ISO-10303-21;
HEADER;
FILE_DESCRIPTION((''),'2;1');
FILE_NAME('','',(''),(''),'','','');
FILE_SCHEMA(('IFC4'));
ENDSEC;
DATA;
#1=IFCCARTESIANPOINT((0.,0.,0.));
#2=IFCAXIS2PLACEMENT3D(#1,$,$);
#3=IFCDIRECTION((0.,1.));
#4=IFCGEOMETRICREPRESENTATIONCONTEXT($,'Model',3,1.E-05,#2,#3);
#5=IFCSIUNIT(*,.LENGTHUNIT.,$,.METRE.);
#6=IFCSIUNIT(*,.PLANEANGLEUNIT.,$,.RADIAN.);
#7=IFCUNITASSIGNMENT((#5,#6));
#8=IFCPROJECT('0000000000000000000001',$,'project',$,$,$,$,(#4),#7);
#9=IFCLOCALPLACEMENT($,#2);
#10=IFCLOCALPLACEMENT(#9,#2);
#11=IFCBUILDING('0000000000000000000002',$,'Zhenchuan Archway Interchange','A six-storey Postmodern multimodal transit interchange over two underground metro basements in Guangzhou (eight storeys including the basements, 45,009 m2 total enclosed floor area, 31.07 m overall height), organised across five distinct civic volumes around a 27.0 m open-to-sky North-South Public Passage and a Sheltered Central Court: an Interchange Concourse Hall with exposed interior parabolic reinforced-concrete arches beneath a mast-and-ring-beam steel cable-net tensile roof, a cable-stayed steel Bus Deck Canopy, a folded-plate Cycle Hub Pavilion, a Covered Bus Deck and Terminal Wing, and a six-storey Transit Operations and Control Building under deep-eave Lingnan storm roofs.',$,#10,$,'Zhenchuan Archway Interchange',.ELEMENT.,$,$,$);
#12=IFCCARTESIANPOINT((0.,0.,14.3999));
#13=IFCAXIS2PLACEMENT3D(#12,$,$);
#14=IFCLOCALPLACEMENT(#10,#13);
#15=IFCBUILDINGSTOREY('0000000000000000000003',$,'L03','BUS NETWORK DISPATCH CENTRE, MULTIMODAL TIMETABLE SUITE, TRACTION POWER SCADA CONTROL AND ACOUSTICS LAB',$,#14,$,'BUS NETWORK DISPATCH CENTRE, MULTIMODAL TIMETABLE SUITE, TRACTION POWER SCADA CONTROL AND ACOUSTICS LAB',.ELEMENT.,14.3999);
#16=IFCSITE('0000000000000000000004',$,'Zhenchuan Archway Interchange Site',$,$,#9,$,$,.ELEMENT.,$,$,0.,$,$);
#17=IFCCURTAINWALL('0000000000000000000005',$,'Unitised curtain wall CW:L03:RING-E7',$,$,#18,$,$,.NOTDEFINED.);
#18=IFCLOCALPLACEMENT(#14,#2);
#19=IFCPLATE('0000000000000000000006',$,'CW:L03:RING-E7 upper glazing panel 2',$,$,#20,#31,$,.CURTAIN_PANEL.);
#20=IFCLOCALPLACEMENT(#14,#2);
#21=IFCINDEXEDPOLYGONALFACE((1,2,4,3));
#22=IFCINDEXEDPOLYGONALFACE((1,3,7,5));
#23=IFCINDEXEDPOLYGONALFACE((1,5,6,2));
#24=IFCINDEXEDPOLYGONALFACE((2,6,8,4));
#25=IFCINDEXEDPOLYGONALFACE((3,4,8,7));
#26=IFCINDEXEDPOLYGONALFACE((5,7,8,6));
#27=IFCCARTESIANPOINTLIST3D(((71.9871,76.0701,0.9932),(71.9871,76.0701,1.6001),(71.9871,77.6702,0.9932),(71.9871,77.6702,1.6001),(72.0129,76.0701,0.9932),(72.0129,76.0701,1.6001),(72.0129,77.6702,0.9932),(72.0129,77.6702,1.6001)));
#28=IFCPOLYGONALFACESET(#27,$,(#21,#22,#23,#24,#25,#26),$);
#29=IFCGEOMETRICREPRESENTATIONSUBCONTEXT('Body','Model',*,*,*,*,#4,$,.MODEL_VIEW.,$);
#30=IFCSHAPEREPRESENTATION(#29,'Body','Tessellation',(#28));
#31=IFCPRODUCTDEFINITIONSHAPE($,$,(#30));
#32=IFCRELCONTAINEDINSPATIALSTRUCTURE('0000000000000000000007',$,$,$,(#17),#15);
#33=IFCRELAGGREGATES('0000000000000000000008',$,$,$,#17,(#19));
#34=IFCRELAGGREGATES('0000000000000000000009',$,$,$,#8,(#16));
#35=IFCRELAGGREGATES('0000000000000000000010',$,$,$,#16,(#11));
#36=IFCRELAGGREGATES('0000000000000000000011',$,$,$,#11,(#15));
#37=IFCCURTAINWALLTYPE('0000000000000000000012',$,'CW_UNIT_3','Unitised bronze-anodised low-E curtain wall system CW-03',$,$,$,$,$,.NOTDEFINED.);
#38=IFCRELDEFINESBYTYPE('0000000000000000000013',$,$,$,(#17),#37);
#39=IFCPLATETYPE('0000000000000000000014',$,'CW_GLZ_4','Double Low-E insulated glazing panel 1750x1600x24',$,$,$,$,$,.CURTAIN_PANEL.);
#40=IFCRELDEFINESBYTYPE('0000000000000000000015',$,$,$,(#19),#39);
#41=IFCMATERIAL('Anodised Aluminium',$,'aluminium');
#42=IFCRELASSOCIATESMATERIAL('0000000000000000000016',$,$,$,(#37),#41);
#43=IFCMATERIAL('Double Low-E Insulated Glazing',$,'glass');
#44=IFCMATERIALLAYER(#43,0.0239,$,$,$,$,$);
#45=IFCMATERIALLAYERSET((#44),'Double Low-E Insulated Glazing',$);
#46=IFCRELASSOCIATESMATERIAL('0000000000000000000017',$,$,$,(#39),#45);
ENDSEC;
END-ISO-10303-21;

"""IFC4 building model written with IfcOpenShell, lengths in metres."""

from ifc_helpers import new_model, si_unit, direction, frame, origin, origin_2d, place, context, subcontext, project, spatial, rectangle, extrude, material, layer, layer_set, type_object, element, aggregate, save


model = new_model("IFC4")

# Units and contexts
model_context = context("Model", 3, precision=1e-05, world=origin(), true_north=direction((0.0, 1.0)))
body_context = subcontext(model_context, "Body", "Model", "MODEL_VIEW")
ifc_project = project(units=[si_unit("LENGTHUNIT", "METRE"), si_unit("PLANEANGLEUNIT", "RADIAN")], contexts=[model_context])

# Site, building, storey
site_placement = place(None, origin())
site = spatial("IfcSite", under=ifc_project, at=site_placement, Name="Zhenchuan Archway Interchange Site", CompositionType="ELEMENT", RefElevation=0.0)
building_placement = place(site_placement, origin())
building = spatial("IfcBuilding", under=site, at=building_placement, Name="Zhenchuan Archway Interchange", Description="A six-storey Postmodern multimodal transit interchange over two underground metro basements in Guangzhou (eight storeys including the basements, 45,009 m2 total enclosed floor area, 31.07 m overall height), organised across five distinct civic volumes around a 27.0 m open-to-sky North-South Public Passage and a Sheltered Central Court: an Interchange Concourse Hall with exposed interior parabolic reinforced-concrete arches beneath a mast-and-ring-beam steel cable-net tensile roof, a cable-stayed steel Bus Deck Canopy, a folded-plate Cycle Hub Pavilion, a Covered Bus Deck and Terminal Wing, and a six-storey Transit Operations and Control Building under deep-eave Lingnan storm roofs.", LongName="Zhenchuan Archway Interchange", CompositionType="ELEMENT")
storey_placement = place(building_placement, frame((0.0, 0.0, 14.3999)))
storey = spatial("IfcBuildingStorey", under=building, at=storey_placement, Name="L03", Description="BUS NETWORK DISPATCH CENTRE, MULTIMODAL TIMETABLE SUITE, TRACTION POWER SCADA CONTROL AND ACOUSTICS LAB", LongName="BUS NETWORK DISPATCH CENTRE, MULTIMODAL TIMETABLE SUITE, TRACTION POWER SCADA CONTROL AND ACOUSTICS LAB", CompositionType="ELEMENT", Elevation=14.3999)

# Curtain wall
ifc_material_1 = material(Name="Anodised Aluminium", Category="aluminium")
curtain_wall_type = type_object("IfcCurtainWallType", Name="CW_UNIT_3", Description="Unitised bronze-anodised low-E curtain wall system CW-03", PredefinedType="NOTDEFINED", material=ifc_material_1)
curtain_wall_1_placement = place(storey_placement, origin())
curtain_wall_1 = element("IfcCurtainWall", 1, at=curtain_wall_1_placement, inside=storey, type_object=curtain_wall_type, Name="Unitised curtain wall CW:L03:RING-E7", PredefinedType="NOTDEFINED")

# Plate
ifc_material_2 = material(Name="Double Low-E Insulated Glazing", Category="glass")
ifc_layer_1 = layer(ifc_material_2, 0.0239)
ifc_layer_set_1 = layer_set([ifc_layer_1], Name="Double Low-E Insulated Glazing")
plate_type_1 = type_object("IfcPlateType", Name="CW_GLZ_4", Description="Double Low-E insulated glazing panel 1750x1600x24", PredefinedType="CURTAIN_PANEL", material=ifc_layer_set_1)
plate_1_placement = place(storey_placement, frame((72.0, 76.8701, 0.9932), z_axis=(0.0, 0.0, 1.0), x_axis=(0.0, 1.0, 0.0)))
plate_1 = element("IfcPlate", 2, at=plate_1_placement, type_object=plate_type_1, Name="CW:L03:RING-E7 upper glazing panel 2", PredefinedType="CURTAIN_PANEL", context=body_context, shape_type="SweptSolid", body=[
    extrude(rectangle(XDim=1.6001, YDim=0.0259, at=origin_2d()), origin(), (0.0, 0.0, 1.0), 0.6069),
])
aggregate(curtain_wall_1, [plate_1])

save(model, "model.ifc")
